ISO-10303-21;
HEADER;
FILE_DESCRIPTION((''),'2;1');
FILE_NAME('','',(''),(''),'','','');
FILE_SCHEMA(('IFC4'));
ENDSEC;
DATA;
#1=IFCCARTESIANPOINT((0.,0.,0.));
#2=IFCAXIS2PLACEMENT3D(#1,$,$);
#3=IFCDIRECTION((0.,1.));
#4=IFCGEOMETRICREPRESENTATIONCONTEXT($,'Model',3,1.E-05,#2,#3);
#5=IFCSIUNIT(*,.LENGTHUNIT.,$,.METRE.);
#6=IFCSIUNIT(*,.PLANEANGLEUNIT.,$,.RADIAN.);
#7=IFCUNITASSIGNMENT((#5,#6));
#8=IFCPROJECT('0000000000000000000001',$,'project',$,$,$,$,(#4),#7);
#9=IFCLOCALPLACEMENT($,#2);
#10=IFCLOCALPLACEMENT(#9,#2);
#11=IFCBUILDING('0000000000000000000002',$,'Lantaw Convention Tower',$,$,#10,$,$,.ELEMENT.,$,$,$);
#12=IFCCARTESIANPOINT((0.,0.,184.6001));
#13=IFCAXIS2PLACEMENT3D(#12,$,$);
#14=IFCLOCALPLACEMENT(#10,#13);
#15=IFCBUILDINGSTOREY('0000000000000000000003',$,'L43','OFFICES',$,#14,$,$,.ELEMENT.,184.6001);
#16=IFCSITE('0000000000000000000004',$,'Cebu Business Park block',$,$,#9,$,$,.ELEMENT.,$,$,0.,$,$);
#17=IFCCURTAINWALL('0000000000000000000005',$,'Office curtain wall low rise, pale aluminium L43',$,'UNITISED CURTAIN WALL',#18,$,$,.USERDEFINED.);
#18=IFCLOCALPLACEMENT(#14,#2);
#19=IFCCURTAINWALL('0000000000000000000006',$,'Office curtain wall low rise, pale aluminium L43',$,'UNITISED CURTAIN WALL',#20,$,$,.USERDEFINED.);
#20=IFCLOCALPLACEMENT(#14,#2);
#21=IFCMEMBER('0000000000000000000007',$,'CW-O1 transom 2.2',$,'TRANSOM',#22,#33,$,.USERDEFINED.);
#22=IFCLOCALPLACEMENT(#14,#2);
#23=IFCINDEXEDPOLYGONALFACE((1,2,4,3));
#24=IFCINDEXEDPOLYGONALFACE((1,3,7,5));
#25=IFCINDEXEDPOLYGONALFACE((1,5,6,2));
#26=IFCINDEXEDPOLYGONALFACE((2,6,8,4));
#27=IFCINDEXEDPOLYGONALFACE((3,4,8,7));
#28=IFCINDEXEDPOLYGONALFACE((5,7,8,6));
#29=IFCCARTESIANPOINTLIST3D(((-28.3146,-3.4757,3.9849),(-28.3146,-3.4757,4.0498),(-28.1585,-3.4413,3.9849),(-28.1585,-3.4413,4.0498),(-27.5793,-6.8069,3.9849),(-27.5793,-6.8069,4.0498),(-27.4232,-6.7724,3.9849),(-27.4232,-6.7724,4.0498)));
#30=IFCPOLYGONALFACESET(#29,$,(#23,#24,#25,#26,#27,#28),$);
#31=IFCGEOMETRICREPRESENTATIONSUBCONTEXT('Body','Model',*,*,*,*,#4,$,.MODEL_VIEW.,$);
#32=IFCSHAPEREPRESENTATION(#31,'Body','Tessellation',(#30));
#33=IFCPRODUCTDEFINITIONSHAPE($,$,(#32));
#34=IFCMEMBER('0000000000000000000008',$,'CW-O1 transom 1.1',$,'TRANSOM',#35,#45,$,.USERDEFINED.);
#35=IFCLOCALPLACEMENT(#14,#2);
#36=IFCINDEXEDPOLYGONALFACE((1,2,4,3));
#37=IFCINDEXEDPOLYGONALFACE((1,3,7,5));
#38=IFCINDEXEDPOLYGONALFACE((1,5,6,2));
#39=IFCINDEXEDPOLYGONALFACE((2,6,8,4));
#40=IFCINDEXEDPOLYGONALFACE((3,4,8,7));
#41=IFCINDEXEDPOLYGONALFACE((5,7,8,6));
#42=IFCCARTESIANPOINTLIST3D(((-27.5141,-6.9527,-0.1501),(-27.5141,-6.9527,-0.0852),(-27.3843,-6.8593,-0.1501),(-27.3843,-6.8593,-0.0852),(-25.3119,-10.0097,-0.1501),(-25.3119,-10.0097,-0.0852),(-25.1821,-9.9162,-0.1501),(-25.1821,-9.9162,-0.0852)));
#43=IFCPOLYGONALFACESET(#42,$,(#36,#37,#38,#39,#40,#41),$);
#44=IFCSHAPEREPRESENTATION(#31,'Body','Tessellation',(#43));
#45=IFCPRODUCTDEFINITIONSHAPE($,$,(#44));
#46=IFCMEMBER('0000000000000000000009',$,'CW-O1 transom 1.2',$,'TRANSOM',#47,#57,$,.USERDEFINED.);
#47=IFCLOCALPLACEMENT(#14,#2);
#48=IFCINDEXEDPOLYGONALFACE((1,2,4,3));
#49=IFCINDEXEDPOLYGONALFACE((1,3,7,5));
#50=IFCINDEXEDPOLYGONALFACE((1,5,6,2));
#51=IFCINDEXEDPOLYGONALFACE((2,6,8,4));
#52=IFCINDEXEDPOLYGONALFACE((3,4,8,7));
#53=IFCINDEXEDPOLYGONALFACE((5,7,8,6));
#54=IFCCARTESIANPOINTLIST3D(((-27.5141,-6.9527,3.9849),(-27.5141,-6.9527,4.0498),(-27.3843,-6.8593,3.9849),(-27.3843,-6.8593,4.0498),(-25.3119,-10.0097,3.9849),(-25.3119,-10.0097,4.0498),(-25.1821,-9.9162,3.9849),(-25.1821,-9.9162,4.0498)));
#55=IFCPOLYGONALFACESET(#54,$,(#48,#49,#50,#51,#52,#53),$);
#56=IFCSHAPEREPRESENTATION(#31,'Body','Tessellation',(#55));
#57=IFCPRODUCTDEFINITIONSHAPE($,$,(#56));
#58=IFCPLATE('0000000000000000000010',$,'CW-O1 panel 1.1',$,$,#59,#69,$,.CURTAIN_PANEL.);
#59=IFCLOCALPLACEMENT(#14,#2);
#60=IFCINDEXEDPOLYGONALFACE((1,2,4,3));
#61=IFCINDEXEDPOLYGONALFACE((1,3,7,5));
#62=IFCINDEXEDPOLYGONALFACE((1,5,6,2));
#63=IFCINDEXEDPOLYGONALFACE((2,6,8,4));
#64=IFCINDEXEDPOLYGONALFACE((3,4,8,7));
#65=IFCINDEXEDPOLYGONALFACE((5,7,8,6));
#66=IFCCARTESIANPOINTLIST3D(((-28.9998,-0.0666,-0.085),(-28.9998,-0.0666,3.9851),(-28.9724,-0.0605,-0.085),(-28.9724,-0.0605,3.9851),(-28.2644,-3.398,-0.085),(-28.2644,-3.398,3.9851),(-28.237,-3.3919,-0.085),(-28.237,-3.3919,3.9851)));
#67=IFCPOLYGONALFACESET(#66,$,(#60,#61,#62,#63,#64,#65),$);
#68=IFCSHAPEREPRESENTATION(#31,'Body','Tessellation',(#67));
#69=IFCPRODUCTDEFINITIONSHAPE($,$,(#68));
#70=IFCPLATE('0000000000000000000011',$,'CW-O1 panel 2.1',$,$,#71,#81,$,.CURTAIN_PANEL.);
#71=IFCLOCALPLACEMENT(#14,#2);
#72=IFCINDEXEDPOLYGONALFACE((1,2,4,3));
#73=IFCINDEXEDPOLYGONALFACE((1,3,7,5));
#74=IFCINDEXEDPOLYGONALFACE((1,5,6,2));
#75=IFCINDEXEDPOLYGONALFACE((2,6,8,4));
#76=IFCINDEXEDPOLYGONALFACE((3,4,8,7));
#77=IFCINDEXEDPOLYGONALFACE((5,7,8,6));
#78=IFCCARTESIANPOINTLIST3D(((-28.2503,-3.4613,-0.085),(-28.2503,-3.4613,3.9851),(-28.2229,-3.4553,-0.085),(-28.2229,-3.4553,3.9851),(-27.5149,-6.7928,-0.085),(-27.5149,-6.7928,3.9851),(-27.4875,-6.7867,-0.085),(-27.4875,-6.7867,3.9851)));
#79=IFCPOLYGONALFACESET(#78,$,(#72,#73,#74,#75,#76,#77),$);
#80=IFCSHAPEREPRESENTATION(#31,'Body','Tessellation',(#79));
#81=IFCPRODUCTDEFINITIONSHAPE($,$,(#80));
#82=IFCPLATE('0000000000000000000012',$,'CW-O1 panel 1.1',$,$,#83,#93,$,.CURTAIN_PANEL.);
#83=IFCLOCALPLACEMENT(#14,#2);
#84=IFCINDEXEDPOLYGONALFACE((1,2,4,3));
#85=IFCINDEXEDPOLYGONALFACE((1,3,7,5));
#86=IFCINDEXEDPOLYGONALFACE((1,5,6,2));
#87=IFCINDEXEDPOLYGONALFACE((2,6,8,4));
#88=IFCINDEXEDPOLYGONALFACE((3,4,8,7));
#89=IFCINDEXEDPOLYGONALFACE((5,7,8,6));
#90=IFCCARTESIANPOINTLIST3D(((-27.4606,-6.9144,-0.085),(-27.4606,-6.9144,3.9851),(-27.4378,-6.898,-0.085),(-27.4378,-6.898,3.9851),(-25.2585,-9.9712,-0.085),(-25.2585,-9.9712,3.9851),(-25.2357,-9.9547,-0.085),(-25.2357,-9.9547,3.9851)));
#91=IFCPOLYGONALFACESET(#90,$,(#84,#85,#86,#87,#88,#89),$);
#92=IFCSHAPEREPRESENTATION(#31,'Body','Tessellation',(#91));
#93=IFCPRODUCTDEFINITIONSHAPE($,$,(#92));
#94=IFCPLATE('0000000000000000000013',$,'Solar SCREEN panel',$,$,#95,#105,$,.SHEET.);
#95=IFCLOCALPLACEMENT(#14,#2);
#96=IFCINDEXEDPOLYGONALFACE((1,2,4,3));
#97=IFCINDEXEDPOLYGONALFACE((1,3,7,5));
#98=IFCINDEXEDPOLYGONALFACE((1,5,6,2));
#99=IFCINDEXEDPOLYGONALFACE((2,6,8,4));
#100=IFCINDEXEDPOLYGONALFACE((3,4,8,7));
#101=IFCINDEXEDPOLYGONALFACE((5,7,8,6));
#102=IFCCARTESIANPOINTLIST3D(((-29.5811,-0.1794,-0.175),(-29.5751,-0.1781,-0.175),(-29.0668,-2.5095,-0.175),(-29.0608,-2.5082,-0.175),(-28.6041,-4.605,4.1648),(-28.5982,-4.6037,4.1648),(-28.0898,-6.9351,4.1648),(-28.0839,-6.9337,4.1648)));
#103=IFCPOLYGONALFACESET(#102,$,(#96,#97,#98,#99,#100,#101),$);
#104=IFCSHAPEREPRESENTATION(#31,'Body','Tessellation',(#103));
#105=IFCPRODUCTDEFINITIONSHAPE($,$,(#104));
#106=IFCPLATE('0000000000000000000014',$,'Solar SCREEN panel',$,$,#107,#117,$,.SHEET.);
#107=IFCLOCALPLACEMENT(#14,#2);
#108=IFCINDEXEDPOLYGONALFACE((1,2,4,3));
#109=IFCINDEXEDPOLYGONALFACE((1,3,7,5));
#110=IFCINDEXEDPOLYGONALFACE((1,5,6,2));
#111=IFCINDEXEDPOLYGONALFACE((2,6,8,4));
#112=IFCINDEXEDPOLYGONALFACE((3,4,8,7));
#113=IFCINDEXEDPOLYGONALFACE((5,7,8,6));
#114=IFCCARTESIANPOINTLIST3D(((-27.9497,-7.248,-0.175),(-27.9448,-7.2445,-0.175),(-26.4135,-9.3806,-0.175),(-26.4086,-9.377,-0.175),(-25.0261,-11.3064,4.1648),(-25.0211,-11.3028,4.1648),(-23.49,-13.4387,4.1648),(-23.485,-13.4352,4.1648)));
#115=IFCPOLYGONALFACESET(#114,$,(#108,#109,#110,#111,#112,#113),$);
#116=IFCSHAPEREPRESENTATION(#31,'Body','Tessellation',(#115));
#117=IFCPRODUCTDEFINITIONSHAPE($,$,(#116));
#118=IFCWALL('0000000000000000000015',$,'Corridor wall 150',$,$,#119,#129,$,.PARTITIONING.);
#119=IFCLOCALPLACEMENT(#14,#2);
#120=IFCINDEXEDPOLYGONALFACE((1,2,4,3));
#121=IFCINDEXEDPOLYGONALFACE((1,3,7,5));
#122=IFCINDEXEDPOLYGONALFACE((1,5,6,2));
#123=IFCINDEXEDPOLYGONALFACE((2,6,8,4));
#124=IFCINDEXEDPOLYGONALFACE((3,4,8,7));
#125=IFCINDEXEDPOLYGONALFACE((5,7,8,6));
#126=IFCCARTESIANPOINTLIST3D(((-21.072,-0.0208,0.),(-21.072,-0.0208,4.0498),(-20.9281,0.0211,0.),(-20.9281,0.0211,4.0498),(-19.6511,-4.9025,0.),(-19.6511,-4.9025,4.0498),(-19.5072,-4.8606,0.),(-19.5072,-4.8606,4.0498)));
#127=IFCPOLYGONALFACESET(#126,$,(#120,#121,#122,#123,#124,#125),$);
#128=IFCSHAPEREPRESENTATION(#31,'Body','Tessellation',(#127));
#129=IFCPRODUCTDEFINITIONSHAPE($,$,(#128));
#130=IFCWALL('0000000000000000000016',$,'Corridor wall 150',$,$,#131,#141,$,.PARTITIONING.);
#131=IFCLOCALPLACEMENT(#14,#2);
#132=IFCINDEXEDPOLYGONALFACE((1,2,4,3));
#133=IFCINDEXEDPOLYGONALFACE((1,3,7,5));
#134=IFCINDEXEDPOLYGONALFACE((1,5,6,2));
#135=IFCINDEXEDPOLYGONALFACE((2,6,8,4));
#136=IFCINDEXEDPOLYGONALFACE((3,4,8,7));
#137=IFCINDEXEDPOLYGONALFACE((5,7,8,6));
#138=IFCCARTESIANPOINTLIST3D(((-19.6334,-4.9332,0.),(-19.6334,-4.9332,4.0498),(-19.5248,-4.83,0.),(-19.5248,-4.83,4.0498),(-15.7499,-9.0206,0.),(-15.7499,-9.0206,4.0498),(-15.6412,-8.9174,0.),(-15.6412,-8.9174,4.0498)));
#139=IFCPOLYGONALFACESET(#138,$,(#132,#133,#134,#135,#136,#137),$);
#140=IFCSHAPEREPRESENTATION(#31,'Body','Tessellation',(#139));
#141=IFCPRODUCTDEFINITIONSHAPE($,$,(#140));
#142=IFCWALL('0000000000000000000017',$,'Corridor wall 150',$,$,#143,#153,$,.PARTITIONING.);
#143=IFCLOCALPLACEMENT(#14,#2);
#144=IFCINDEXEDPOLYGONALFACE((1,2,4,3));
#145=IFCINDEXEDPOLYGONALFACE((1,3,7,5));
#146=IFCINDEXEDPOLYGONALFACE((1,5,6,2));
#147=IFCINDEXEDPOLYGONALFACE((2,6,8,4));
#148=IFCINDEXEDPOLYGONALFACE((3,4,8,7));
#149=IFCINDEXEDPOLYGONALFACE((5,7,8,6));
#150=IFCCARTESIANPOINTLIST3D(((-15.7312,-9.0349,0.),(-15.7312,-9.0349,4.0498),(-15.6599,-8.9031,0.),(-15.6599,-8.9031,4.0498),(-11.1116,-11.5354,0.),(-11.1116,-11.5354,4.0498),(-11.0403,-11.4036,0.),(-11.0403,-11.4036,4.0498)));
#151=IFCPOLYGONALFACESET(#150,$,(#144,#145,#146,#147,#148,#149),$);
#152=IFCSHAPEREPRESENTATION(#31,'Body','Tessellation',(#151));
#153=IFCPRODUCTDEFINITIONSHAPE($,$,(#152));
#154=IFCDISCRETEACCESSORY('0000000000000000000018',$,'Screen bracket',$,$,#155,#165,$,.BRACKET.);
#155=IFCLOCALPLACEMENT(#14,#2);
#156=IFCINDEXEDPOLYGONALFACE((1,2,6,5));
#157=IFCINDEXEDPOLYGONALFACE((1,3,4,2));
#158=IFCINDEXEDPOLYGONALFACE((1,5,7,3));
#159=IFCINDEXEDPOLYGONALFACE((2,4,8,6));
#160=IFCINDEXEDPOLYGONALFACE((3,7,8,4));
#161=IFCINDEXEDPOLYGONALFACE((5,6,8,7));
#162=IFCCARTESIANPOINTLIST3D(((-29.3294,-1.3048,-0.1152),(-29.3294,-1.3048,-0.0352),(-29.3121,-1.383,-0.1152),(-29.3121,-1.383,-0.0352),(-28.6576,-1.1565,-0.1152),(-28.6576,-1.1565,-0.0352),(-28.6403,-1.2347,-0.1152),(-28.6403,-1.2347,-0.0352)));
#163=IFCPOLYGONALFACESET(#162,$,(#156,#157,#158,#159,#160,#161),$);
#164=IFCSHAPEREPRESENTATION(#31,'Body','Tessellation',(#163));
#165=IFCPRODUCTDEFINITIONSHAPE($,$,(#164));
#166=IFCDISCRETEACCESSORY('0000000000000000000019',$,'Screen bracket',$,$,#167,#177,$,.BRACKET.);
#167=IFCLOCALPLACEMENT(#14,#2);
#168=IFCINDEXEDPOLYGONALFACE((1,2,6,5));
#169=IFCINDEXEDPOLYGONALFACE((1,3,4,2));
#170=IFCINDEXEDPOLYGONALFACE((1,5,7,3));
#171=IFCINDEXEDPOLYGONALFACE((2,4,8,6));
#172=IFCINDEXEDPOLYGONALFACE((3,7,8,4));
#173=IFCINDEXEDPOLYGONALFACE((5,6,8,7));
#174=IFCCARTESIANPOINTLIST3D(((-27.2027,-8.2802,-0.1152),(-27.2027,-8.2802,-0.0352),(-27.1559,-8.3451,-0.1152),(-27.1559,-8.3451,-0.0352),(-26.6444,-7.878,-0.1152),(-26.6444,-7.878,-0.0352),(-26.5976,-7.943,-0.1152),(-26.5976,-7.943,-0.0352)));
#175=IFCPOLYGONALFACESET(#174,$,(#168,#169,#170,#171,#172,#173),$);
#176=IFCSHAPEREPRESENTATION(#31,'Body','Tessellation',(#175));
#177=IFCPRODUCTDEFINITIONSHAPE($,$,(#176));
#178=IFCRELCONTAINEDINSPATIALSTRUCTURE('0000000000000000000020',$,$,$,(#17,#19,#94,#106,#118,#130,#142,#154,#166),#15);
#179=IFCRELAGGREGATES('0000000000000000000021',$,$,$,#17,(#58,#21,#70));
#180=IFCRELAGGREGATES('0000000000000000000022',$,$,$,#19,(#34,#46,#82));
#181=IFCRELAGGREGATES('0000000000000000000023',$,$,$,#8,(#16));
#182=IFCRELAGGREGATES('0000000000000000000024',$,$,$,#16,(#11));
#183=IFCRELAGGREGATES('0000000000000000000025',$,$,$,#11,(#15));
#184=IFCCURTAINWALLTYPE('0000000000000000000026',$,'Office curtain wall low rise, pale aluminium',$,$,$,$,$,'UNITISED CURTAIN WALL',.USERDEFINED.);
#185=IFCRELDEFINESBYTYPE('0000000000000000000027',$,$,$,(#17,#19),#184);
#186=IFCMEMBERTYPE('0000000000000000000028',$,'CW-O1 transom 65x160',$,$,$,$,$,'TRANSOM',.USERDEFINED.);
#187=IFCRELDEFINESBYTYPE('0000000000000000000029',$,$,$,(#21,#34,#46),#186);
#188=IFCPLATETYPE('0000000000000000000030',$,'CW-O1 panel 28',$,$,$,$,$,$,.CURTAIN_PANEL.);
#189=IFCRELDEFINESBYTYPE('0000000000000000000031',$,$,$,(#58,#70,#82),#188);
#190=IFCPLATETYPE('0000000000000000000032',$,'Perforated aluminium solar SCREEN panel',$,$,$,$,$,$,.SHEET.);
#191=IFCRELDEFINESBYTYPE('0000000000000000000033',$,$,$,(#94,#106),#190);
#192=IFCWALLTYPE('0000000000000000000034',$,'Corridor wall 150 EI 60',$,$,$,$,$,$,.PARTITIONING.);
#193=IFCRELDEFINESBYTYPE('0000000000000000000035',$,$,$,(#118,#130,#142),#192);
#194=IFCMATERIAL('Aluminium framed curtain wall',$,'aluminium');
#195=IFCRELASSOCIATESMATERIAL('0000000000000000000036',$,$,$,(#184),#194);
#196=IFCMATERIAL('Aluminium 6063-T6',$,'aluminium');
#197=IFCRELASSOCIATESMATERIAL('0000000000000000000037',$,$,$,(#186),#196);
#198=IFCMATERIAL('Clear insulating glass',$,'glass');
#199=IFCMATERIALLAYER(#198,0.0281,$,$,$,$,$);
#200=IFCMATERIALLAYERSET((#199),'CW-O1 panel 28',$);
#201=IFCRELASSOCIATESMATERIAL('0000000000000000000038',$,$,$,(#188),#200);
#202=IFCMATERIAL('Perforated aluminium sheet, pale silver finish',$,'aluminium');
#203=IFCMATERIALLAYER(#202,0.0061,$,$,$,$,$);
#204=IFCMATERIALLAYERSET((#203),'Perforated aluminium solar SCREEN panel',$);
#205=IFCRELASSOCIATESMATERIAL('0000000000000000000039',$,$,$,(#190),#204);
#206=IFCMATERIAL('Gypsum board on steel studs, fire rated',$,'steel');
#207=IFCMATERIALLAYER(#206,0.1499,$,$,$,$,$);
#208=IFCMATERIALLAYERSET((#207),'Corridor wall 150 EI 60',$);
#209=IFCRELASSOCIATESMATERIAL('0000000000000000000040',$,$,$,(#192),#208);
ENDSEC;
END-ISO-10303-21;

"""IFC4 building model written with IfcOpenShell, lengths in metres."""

from ifc_helpers import new_model, si_unit, direction, frame, frame_2d, origin, origin_2d, place, context, subcontext, project, spatial, polyline, rectangle, outline, extrude, material, layer, layer_set, material_profile, profile_set, type_object, element, aggregate, save


model = new_model("IFC4")

# Units and contexts
model_context = context("Model", 3, precision=1e-05, world=origin(), true_north=direction((0.0, 1.0)))
body_context = subcontext(model_context, "Body", "Model", "MODEL_VIEW")
ifc_project = project(units=[si_unit("LENGTHUNIT", "METRE"), si_unit("PLANEANGLEUNIT", "RADIAN")], contexts=[model_context])

# Site, building, storey
site_placement = place(None, origin())
site = spatial("IfcSite", under=ifc_project, at=site_placement, Name="Cebu Business Park block", CompositionType="ELEMENT", RefElevation=0.0)
building_placement = place(site_placement, origin())
building = spatial("IfcBuilding", under=site, at=building_placement, Name="Lantaw Convention Tower", CompositionType="ELEMENT")
storey_placement = place(building_placement, frame((0.0, 0.0, 184.6001)))
storey = spatial("IfcBuildingStorey", under=building, at=storey_placement, Name="L43", Description="OFFICES", CompositionType="ELEMENT", Elevation=184.6001)

# Curtain wall
ifc_material_1 = material(Name="Aluminium framed curtain wall", Category="aluminium")
curtain_wall_type = type_object("IfcCurtainWallType", Name="Office curtain wall low rise, pale aluminium", ElementType="UNITISED CURTAIN WALL", PredefinedType="USERDEFINED", material=ifc_material_1)
curtain_wall_1_placement = place(storey_placement, origin())
curtain_wall_1 = element("IfcCurtainWall", 1, at=curtain_wall_1_placement, inside=storey, type_object=curtain_wall_type, Name="Office curtain wall low rise, pale aluminium L43", ObjectType="UNITISED CURTAIN WALL", PredefinedType="USERDEFINED")
ifc_material_2 = material(Name="Aluminium 6063-T6", Category="aluminium")

# Curtain wall
curtain_wall_2_placement = place(storey_placement, origin())
curtain_wall_2 = element("IfcCurtainWall", 2, at=curtain_wall_2_placement, inside=storey, type_object=curtain_wall_type, Name="Office curtain wall low rise, pale aluminium L43", ObjectType="UNITISED CURTAIN WALL", PredefinedType="USERDEFINED")

# Members
ifc_material_profile_1 = material_profile(ifc_material_2, rectangle(XDim=0.1599, YDim=0.0649, at=origin_2d()), Name="CW-O1 transom 65x160")
ifc_profile_set_1 = profile_set([ifc_material_profile_1], Name="Aluminium 6063-T6")
member_type_1 = type_object("IfcMemberType", Name="CW-O1 transom 65x160", ElementType="TRANSOM", PredefinedType="USERDEFINED", material=ifc_profile_set_1)
member_1_placement = place(storey_placement, frame((-28.2366, -3.4585, 4.0173), z_axis=(0.215551, -0.976493, 0.0), x_axis=(0.976493, 0.215551, 0.0)))
member_1 = element("IfcMember", 3, at=member_1_placement, type_object=member_type_1, Name="CW-O1 transom 2.2", ObjectType="TRANSOM", PredefinedType="USERDEFINED", context=body_context, shape_type="SweptSolid", body=[
    extrude(rectangle(XDim=0.1599, YDim=0.0649, at=origin_2d()), origin(), (0.0, 0.0, 1.0), 3.4114),
])
member_2_placement = place(storey_placement, frame((-27.4492, -6.906, -0.1177), z_axis=(0.584513, -0.811384, 0.0), x_axis=(0.811384, 0.584513, 0.0)))
member_2 = element("IfcMember", 4, at=member_2_placement, type_object=member_type_1, Name="CW-O1 transom 1.1", ObjectType="TRANSOM", PredefinedType="USERDEFINED", context=body_context, shape_type="SweptSolid", body=[
    extrude(rectangle(XDim=0.1599, YDim=0.0649, at=origin_2d()), origin(), (0.0, 0.0, 1.0), 3.7676),
])
member_3_placement = place(storey_placement, frame((-27.4492, -6.906, 4.0173), z_axis=(0.584513, -0.811384, 0.0), x_axis=(0.811384, 0.584513, 0.0)))
member_3 = element("IfcMember", 5, at=member_3_placement, type_object=member_type_1, Name="CW-O1 transom 1.2", ObjectType="TRANSOM", PredefinedType="USERDEFINED", context=body_context, shape_type="SweptSolid", body=[
    extrude(rectangle(XDim=0.1599, YDim=0.0649, at=origin_2d()), origin(), (0.0, 0.0, 1.0), 3.7676),
])

# Plates
ifc_material_3 = material(Name="Clear insulating glass", Category="glass")
ifc_layer_1 = layer(ifc_material_3, 0.0281)
ifc_layer_set_1 = layer_set([ifc_layer_1], Name="CW-O1 panel 28")
plate_type_1 = type_object("IfcPlateType", Name="CW-O1 panel 28", PredefinedType="CURTAIN_PANEL", material=ifc_layer_set_1)
plate_1_placement = place(storey_placement, frame((-28.6184, -1.7292, -0.085), z_axis=(0.0, 0.0, 1.0), x_axis=(0.215546, -0.976494, 0.0)))
plate_1 = element("IfcPlate", 6, at=plate_1_placement, type_object=plate_type_1, Name="CW-O1 panel 1.1", PredefinedType="CURTAIN_PANEL", context=body_context, shape_type="SweptSolid", body=[
    extrude(rectangle(XDim=3.4116, YDim=0.0281, at=origin_2d()), origin(), (0.0, 0.0, 1.0), 4.0701),
])
plate_2_placement = place(storey_placement, frame((-27.8689, -5.124, -0.085), z_axis=(0.0, 0.0, 1.0), x_axis=(0.215546, -0.976494, 0.0)))
plate_2 = element("IfcPlate", 7, at=plate_2_placement, type_object=plate_type_1, Name="CW-O1 panel 2.1", PredefinedType="CURTAIN_PANEL", context=body_context, shape_type="SweptSolid", body=[
    extrude(rectangle(XDim=3.4116, YDim=0.0281, at=origin_2d()), origin(), (0.0, 0.0, 1.0), 4.0701),
])
aggregate(curtain_wall_1, [plate_1, member_1, plate_2])
plate_3_placement = place(storey_placement, frame((-26.3481, -8.4346, -0.085), z_axis=(0.0, 0.0, 1.0), x_axis=(0.584513, -0.811385, 0.0)))
plate_3 = element("IfcPlate", 8, at=plate_3_placement, type_object=plate_type_1, Name="CW-O1 panel 1.1", PredefinedType="CURTAIN_PANEL", context=body_context, shape_type="SweptSolid", body=[
    extrude(rectangle(XDim=3.7673, YDim=0.0281, at=origin_2d()), origin(), (0.0, 0.0, 1.0), 4.0701),
])
aggregate(curtain_wall_2, [member_2, member_3, plate_3])

# Plates
ifc_material_4 = material(Name="Perforated aluminium sheet, pale silver finish", Category="aluminium")
ifc_layer_2 = layer(ifc_material_4, 0.0061)
ifc_layer_set_2 = layer_set([ifc_layer_2], Name="Perforated aluminium solar SCREEN panel")
plate_type_2 = type_object("IfcPlateType", Name="Perforated aluminium solar SCREEN panel", PredefinedType="SHEET", material=ifc_layer_set_2)
plate_4_placement = place(storey_placement, frame((-29.5811, -0.1794, -0.175), z_axis=(-0.976498, -0.215527, 0.000033), x_axis=(0.215527, -0.976498, 0.0)))
element("IfcPlate", 9, at=plate_4_placement, inside=storey, type_object=plate_type_2, Name="Solar SCREEN panel", PredefinedType="SHEET", context=body_context, shape_type="SweptSolid", body=[
    extrude(outline(polyline([(0.0, 0.0), (2.3862, 0.0), (6.9182, 4.3398), (4.5321, 4.3398), (0.0, 0.0)])), origin(), (0.0, 0.0, -1.0), 0.0061),
])
plate_5_placement = place(storey_placement, frame((-27.9497, -7.248, -0.175), z_axis=(-0.811395, -0.584498, 0.000036), x_axis=(0.584498, -0.811395, 0.0)))
element("IfcPlate", 10, at=plate_5_placement, inside=storey, type_object=plate_type_2, Name="Solar SCREEN panel", PredefinedType="SHEET", context=body_context, shape_type="SweptSolid", body=[
    extrude(outline(polyline([(0.0, 0.0), (2.6282, 0.0), (7.6298, 4.3398), (5.0018, 4.3398), (0.0, 0.0)])), origin(), (0.0, 0.0, -1.0), 0.0061),
])

# Walls
ifc_material_5 = material(Name="Gypsum board on steel studs, fire rated", Category="steel")
ifc_layer_3 = layer(ifc_material_5, 0.1499)
ifc_layer_set_3 = layer_set([ifc_layer_3], Name="Corridor wall 150 EI 60")
wall_type = type_object("IfcWallType", Name="Corridor wall 150 EI 60", PredefinedType="PARTITIONING", material=ifc_layer_set_3)
wall_1_placement = place(storey_placement, frame((-21.0, 0.0, 0.0), z_axis=(0.0, 0.0, 1.0), x_axis=(0.279474, -0.960153, 0.0)))
element("IfcWall", 11, at=wall_1_placement, inside=storey, type_object=wall_type, Name="Corridor wall 150", PredefinedType="PARTITIONING", context=body_context, shape_type="SweptSolid", body=[
    extrude(rectangle(XDim=5.0842, YDim=0.1499, at=frame_2d((2.542, 0.0))), origin(), (0.0, 0.0, 1.0), 4.0498),
])
wall_2_placement = place(storey_placement, frame((-19.5791, -4.8816, 0.0), z_axis=(0.0, 0.0, 1.0), x_axis=(0.688797, -0.724954, 0.0)))
element("IfcWall", 12, at=wall_2_placement, inside=storey, type_object=wall_type, Name="Corridor wall 150", PredefinedType="PARTITIONING", context=body_context, shape_type="SweptSolid", body=[
    extrude(rectangle(XDim=5.6382, YDim=0.1499, at=frame_2d((2.8191, 0.0))), origin(), (0.0, 0.0, 1.0), 4.0498),
])
wall_3_placement = place(storey_placement, frame((-15.6956, -8.969, 0.0), z_axis=(0.0, 0.0, 1.0), x_axis=(0.879436, -0.476017, 0.0)))
element("IfcWall", 13, at=wall_3_placement, inside=storey, type_object=wall_type, Name="Corridor wall 150", PredefinedType="PARTITIONING", context=body_context, shape_type="SweptSolid", body=[
    extrude(rectangle(XDim=5.2529, YDim=0.1499, at=frame_2d((2.6265, 0.0))), origin(), (0.0, 0.0, 1.0), 4.0498),
])

# Discrete accessories
for number, where, z_axis, x_axis, name in (
    (14, (-28.9849, -1.2698, -0.1152), (0.0, 0.0, 1.0), (0.215546, -0.976494, 0.0), "Screen bracket"),
    (15, (-26.9001, -8.1116, -0.1152), (0.0, 0.0, 1.0), (0.584513, -0.811385, 0.0), "Screen bracket"),
):
    element("IfcDiscreteAccessory", number, at=place(storey_placement, frame(where, z_axis=z_axis, x_axis=x_axis)), inside=storey, Name=name, PredefinedType="BRACKET", context=body_context, shape_type="SweptSolid", body=[
        extrude(rectangle(XDim=0.0801, YDim=0.688, at=origin_2d()), origin(), (0.0, 0.0, 1.0), 0.0801),
    ])

save(model, "model.ifc")
